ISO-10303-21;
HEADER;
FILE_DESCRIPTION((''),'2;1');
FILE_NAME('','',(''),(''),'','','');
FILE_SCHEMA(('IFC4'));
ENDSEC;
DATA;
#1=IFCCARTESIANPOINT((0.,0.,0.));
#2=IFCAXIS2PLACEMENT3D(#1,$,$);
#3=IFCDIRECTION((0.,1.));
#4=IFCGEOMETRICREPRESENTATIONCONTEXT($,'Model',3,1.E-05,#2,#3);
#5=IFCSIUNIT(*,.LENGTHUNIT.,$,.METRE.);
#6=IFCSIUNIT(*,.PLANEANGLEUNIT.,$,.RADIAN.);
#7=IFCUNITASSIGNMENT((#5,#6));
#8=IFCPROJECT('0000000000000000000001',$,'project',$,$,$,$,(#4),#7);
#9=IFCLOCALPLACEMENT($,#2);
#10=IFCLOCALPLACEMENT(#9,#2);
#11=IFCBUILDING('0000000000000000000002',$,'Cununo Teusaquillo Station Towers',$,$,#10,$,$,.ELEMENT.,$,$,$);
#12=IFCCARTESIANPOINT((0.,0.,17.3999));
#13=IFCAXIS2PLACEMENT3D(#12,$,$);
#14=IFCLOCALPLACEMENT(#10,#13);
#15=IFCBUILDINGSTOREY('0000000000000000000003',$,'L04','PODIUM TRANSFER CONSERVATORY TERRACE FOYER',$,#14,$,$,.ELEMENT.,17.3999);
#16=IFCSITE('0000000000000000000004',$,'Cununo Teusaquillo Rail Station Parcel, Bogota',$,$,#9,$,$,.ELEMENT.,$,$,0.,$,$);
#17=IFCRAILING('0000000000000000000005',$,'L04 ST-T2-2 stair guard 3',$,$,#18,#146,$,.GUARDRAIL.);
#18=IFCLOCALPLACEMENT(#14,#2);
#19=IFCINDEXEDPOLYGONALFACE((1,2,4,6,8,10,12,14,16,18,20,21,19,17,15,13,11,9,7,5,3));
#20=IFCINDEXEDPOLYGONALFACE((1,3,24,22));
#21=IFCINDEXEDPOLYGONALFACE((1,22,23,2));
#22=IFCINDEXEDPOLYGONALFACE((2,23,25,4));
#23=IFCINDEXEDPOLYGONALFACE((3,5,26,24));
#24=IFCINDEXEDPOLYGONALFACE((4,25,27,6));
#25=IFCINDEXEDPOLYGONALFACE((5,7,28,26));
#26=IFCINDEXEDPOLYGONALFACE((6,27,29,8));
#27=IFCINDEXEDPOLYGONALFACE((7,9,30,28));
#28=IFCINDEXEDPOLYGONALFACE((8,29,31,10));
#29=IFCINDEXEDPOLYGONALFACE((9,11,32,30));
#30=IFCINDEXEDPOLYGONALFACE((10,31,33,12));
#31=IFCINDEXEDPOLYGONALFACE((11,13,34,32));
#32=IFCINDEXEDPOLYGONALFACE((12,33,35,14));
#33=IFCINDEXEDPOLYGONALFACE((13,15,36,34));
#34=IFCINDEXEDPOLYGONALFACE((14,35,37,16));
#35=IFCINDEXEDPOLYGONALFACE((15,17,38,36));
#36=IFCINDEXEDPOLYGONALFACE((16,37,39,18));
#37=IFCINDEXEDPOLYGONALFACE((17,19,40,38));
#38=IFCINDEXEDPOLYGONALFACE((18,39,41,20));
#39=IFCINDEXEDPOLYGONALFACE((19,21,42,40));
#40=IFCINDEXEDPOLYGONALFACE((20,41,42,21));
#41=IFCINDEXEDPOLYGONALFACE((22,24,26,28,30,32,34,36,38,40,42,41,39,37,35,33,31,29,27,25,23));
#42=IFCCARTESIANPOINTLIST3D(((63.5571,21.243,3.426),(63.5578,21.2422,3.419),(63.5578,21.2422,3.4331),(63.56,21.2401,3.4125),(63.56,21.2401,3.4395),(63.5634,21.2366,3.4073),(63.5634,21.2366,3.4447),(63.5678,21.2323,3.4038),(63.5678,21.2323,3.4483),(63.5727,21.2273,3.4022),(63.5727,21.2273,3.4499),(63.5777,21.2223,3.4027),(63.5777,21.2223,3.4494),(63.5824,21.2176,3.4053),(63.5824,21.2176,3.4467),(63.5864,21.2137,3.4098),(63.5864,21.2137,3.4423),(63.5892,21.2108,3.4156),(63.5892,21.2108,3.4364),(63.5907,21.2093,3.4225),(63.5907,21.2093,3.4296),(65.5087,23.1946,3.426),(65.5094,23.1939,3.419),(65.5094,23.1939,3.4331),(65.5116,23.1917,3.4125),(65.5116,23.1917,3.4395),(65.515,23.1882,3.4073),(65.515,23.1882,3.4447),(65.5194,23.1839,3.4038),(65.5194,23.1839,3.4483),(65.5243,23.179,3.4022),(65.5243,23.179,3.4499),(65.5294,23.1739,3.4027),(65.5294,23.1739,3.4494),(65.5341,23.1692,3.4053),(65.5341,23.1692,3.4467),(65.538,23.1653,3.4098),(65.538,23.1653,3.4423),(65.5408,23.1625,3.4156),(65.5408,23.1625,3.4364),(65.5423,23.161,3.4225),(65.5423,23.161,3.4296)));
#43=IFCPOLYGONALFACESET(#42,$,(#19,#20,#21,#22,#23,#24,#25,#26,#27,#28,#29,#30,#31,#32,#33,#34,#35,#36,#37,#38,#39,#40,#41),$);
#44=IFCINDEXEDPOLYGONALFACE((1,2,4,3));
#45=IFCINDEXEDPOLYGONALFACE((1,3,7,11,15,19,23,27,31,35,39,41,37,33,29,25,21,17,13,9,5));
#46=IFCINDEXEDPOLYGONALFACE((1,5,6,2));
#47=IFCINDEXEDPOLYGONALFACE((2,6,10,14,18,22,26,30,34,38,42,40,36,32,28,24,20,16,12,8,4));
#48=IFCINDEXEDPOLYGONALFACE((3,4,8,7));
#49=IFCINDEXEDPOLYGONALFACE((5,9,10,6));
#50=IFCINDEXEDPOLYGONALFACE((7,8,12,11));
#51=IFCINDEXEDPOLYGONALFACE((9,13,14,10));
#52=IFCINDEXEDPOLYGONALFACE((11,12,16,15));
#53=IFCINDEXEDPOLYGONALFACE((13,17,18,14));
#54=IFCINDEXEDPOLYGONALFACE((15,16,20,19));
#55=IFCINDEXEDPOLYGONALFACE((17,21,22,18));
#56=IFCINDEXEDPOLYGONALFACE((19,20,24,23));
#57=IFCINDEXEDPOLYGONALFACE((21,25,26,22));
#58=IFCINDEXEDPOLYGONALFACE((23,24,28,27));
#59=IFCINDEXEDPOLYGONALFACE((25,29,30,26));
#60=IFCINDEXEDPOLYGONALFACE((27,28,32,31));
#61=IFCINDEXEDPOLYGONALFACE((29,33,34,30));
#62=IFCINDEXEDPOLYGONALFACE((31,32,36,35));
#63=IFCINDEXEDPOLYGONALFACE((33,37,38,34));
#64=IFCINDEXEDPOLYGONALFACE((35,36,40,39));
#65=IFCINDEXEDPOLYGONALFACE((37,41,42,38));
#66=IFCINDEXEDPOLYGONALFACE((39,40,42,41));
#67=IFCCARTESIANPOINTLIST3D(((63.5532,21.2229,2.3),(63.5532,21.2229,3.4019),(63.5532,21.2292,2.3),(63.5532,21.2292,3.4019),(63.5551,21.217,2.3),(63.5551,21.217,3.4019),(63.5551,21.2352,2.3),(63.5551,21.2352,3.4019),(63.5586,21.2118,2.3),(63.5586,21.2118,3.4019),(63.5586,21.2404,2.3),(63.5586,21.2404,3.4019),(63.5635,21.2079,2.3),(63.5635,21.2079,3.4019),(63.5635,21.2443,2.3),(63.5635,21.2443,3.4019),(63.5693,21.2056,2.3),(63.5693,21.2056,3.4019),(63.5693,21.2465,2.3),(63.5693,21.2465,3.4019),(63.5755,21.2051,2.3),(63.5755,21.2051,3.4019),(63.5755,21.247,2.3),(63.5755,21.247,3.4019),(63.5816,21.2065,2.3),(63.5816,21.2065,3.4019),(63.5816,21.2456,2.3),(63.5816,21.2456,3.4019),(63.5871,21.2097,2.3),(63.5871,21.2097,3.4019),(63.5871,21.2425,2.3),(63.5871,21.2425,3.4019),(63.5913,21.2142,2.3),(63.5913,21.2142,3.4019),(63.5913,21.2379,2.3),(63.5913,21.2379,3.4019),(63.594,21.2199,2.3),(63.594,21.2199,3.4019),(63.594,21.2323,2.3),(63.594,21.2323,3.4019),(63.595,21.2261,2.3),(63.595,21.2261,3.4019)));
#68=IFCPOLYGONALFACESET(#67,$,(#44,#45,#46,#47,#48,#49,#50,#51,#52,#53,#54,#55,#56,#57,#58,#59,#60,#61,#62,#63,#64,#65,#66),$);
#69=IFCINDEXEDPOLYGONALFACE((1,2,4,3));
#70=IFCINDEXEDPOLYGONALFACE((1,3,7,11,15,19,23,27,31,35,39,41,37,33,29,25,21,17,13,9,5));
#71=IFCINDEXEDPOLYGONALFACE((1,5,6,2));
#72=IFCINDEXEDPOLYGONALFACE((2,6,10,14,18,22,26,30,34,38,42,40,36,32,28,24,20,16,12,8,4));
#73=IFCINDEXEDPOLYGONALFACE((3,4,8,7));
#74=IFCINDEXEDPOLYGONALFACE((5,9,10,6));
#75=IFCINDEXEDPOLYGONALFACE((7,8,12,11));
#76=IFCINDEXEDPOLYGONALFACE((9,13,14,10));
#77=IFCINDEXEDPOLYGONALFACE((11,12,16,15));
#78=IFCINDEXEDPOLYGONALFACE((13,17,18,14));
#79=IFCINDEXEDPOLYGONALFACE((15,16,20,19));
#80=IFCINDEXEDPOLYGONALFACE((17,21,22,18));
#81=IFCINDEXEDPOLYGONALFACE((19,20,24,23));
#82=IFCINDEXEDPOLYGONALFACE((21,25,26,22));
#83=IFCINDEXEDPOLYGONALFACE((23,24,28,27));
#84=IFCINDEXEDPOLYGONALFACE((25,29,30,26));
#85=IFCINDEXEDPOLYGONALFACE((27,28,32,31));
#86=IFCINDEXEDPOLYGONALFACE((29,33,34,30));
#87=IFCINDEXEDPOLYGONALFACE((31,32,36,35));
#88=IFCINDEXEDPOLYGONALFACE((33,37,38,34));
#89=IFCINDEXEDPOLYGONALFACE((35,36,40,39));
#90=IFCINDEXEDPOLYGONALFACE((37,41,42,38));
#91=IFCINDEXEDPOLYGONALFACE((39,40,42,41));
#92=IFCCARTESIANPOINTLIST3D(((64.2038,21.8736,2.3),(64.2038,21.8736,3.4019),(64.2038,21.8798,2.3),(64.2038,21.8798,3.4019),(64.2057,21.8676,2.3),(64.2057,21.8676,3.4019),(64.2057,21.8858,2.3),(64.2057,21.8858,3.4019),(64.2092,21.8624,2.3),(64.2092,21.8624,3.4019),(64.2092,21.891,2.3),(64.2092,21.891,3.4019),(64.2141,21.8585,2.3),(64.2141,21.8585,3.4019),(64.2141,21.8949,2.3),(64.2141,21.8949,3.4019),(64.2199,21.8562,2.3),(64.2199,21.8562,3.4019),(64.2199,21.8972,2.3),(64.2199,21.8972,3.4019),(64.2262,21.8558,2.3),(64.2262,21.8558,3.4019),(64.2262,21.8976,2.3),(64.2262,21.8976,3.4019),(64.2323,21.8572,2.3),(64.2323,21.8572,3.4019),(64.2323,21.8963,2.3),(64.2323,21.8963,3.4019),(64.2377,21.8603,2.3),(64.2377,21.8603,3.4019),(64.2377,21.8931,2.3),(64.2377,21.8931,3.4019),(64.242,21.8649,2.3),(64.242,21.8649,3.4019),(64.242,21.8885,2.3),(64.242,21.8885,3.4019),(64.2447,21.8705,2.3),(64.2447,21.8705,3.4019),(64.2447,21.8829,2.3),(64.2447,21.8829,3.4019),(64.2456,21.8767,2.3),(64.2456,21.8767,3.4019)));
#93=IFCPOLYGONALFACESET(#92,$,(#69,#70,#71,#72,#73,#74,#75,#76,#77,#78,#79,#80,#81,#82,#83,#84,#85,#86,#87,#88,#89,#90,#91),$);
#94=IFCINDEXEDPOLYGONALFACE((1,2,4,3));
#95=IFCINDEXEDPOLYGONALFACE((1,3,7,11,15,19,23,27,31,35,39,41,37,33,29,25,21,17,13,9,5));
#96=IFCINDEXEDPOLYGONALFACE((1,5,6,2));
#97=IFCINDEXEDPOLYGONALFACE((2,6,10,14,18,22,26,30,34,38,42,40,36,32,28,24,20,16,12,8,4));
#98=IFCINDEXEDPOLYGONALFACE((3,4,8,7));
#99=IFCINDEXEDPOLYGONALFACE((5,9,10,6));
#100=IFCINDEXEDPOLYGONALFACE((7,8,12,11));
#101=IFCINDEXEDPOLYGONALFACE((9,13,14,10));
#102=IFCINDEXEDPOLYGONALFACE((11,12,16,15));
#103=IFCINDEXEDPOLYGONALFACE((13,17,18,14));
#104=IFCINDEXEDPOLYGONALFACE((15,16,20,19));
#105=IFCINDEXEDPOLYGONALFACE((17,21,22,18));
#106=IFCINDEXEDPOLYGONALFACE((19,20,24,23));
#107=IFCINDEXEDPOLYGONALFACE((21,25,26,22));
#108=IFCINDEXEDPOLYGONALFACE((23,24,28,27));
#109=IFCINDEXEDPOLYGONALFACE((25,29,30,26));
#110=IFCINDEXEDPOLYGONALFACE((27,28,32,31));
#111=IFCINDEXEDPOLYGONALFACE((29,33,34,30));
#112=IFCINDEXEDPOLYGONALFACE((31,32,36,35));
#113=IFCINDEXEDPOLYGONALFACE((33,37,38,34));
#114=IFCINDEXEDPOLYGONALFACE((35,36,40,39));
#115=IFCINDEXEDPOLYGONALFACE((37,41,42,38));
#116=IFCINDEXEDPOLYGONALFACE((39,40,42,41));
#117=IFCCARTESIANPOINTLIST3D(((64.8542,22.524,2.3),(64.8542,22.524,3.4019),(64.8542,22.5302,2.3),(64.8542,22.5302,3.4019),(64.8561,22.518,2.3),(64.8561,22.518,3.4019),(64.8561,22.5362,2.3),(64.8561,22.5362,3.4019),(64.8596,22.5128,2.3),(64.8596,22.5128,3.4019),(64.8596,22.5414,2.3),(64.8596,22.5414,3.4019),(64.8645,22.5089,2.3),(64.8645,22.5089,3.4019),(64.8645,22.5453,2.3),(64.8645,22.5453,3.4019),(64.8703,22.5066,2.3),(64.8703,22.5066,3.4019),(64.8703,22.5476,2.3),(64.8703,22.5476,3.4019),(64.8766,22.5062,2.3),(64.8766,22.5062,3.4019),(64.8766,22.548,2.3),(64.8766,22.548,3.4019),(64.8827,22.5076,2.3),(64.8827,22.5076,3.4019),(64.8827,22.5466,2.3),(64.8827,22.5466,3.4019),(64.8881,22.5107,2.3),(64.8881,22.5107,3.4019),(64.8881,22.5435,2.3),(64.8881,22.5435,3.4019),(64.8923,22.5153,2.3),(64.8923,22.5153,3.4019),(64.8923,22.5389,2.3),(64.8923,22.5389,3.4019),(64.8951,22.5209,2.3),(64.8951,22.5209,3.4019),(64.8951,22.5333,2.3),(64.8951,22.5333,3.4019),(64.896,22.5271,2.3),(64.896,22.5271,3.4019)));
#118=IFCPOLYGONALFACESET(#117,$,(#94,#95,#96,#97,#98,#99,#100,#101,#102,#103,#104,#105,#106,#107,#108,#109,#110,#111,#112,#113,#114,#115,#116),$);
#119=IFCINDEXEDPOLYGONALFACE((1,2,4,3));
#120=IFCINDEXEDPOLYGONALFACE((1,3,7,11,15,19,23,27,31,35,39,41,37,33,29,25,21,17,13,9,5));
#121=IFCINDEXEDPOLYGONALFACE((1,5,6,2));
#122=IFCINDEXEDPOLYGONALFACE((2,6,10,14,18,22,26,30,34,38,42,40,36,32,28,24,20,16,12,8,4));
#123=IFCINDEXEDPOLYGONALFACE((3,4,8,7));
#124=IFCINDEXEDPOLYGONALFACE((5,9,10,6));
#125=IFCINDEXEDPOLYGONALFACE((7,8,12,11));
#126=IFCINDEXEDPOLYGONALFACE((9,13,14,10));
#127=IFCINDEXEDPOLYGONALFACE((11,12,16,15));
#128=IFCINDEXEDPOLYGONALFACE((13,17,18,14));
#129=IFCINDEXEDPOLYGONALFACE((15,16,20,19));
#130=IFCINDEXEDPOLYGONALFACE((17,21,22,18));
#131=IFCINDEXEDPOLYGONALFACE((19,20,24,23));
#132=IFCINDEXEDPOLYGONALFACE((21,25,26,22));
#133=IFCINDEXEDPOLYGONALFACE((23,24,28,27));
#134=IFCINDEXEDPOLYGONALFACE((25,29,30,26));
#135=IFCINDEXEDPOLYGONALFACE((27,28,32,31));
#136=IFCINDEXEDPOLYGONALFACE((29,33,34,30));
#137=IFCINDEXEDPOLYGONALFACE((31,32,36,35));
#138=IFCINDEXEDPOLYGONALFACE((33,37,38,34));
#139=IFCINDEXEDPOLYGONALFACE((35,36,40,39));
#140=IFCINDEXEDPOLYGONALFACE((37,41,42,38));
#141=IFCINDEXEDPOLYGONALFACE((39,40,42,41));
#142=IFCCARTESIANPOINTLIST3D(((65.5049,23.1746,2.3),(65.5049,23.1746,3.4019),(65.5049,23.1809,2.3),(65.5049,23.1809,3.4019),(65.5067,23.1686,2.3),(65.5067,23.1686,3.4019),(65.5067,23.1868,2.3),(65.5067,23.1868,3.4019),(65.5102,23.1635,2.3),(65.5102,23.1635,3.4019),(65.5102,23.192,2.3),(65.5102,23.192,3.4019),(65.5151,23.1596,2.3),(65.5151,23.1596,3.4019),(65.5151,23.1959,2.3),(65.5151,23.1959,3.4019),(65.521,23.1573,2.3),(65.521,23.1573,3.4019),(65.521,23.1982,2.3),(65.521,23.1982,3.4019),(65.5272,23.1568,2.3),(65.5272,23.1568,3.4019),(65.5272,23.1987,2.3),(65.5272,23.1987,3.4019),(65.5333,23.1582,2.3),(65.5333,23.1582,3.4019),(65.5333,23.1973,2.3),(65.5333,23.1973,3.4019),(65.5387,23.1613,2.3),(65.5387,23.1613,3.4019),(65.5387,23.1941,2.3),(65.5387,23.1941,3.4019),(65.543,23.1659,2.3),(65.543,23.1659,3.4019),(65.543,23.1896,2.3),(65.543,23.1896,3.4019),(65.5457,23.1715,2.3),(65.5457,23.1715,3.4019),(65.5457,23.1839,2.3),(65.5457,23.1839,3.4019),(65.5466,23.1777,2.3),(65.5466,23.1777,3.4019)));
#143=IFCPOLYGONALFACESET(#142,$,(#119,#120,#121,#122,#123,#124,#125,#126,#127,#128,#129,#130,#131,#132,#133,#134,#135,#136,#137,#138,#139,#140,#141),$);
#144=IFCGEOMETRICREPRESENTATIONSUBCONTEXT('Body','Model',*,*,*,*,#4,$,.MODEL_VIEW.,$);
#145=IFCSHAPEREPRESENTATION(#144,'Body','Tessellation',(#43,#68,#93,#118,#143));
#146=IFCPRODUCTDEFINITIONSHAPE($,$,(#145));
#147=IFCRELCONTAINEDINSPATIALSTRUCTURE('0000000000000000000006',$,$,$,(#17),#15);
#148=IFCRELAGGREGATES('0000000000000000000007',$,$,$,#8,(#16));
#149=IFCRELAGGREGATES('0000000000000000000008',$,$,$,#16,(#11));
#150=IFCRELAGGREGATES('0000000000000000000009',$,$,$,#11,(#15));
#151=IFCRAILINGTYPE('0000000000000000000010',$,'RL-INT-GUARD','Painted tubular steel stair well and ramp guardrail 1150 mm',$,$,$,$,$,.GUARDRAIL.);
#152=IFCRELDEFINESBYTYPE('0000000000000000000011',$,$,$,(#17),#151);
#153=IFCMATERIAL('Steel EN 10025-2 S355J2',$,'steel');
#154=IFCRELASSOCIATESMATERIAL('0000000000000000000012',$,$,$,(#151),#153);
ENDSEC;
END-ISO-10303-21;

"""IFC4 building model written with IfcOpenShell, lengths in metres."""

from ifc_helpers import new_model, si_unit, direction, frame, origin, origin_2d, place, context, subcontext, project, spatial, circle, extrude, material, type_object, element, save


model = new_model("IFC4")

# Units and contexts
model_context = context("Model", 3, precision=1e-05, world=origin(), true_north=direction((0.0, 1.0)))
body_context = subcontext(model_context, "Body", "Model", "MODEL_VIEW")
ifc_project = project(units=[si_unit("LENGTHUNIT", "METRE"), si_unit("PLANEANGLEUNIT", "RADIAN")], contexts=[model_context])

# Site, building, storey
site_placement = place(None, origin())
site = spatial("IfcSite", under=ifc_project, at=site_placement, Name="Cununo Teusaquillo Rail Station Parcel, Bogota", CompositionType="ELEMENT", RefElevation=0.0)
building_placement = place(site_placement, origin())
building = spatial("IfcBuilding", under=site, at=building_placement, Name="Cununo Teusaquillo Station Towers", CompositionType="ELEMENT")
storey_placement = place(building_placement, frame((0.0, 0.0, 17.3999)))
storey = spatial("IfcBuildingStorey", under=building, at=storey_placement, Name="L04", Description="PODIUM TRANSFER CONSERVATORY TERRACE FOYER", CompositionType="ELEMENT", Elevation=17.3999)

# Railing
ifc_material_1 = material(Name="Steel EN 10025-2 S355J2", Category="steel")
railing_type_1 = type_object("IfcRailingType", Name="RL-INT-GUARD", Description="Painted tubular steel stair well and ramp guardrail 1150 mm", PredefinedType="GUARDRAIL", material=ifc_material_1)
railing_1_placement = place(storey_placement, frame((63.574, 21.2261, 2.3)))
element("IfcRailing", 1, at=railing_1_placement, inside=storey, type_object=railing_type_1, Name="L04 ST-T2-2 stair guard 3", PredefinedType="GUARDRAIL", context=body_context, shape_type="SweptSolid", body=[
    extrude(circle(Radius=0.0239, at=origin_2d()), frame((0.0, 0.0, 1.126), z_axis=(0.707107, 0.707107, 0.0), x_axis=(-0.707107, 0.707107, 0.0)), (0.0, 0.0, 1.0), 2.76),
    extrude(circle(Radius=0.021, at=origin_2d()), origin(), (0.0, 0.0, 1.0), 1.1018),
    extrude(circle(Radius=0.021, at=origin_2d()), frame((0.6506, 0.6506, 0.0)), (0.0, 0.0, 1.0), 1.1018),
    extrude(circle(Radius=0.021, at=origin_2d()), frame((1.301, 1.301, 0.0)), (0.0, 0.0, 1.0), 1.1018),
    extrude(circle(Radius=0.021, at=origin_2d()), frame((1.9517, 1.9517, 0.0)), (0.0, 0.0, 1.0), 1.1018),
])

save(model, "model.ifc")
